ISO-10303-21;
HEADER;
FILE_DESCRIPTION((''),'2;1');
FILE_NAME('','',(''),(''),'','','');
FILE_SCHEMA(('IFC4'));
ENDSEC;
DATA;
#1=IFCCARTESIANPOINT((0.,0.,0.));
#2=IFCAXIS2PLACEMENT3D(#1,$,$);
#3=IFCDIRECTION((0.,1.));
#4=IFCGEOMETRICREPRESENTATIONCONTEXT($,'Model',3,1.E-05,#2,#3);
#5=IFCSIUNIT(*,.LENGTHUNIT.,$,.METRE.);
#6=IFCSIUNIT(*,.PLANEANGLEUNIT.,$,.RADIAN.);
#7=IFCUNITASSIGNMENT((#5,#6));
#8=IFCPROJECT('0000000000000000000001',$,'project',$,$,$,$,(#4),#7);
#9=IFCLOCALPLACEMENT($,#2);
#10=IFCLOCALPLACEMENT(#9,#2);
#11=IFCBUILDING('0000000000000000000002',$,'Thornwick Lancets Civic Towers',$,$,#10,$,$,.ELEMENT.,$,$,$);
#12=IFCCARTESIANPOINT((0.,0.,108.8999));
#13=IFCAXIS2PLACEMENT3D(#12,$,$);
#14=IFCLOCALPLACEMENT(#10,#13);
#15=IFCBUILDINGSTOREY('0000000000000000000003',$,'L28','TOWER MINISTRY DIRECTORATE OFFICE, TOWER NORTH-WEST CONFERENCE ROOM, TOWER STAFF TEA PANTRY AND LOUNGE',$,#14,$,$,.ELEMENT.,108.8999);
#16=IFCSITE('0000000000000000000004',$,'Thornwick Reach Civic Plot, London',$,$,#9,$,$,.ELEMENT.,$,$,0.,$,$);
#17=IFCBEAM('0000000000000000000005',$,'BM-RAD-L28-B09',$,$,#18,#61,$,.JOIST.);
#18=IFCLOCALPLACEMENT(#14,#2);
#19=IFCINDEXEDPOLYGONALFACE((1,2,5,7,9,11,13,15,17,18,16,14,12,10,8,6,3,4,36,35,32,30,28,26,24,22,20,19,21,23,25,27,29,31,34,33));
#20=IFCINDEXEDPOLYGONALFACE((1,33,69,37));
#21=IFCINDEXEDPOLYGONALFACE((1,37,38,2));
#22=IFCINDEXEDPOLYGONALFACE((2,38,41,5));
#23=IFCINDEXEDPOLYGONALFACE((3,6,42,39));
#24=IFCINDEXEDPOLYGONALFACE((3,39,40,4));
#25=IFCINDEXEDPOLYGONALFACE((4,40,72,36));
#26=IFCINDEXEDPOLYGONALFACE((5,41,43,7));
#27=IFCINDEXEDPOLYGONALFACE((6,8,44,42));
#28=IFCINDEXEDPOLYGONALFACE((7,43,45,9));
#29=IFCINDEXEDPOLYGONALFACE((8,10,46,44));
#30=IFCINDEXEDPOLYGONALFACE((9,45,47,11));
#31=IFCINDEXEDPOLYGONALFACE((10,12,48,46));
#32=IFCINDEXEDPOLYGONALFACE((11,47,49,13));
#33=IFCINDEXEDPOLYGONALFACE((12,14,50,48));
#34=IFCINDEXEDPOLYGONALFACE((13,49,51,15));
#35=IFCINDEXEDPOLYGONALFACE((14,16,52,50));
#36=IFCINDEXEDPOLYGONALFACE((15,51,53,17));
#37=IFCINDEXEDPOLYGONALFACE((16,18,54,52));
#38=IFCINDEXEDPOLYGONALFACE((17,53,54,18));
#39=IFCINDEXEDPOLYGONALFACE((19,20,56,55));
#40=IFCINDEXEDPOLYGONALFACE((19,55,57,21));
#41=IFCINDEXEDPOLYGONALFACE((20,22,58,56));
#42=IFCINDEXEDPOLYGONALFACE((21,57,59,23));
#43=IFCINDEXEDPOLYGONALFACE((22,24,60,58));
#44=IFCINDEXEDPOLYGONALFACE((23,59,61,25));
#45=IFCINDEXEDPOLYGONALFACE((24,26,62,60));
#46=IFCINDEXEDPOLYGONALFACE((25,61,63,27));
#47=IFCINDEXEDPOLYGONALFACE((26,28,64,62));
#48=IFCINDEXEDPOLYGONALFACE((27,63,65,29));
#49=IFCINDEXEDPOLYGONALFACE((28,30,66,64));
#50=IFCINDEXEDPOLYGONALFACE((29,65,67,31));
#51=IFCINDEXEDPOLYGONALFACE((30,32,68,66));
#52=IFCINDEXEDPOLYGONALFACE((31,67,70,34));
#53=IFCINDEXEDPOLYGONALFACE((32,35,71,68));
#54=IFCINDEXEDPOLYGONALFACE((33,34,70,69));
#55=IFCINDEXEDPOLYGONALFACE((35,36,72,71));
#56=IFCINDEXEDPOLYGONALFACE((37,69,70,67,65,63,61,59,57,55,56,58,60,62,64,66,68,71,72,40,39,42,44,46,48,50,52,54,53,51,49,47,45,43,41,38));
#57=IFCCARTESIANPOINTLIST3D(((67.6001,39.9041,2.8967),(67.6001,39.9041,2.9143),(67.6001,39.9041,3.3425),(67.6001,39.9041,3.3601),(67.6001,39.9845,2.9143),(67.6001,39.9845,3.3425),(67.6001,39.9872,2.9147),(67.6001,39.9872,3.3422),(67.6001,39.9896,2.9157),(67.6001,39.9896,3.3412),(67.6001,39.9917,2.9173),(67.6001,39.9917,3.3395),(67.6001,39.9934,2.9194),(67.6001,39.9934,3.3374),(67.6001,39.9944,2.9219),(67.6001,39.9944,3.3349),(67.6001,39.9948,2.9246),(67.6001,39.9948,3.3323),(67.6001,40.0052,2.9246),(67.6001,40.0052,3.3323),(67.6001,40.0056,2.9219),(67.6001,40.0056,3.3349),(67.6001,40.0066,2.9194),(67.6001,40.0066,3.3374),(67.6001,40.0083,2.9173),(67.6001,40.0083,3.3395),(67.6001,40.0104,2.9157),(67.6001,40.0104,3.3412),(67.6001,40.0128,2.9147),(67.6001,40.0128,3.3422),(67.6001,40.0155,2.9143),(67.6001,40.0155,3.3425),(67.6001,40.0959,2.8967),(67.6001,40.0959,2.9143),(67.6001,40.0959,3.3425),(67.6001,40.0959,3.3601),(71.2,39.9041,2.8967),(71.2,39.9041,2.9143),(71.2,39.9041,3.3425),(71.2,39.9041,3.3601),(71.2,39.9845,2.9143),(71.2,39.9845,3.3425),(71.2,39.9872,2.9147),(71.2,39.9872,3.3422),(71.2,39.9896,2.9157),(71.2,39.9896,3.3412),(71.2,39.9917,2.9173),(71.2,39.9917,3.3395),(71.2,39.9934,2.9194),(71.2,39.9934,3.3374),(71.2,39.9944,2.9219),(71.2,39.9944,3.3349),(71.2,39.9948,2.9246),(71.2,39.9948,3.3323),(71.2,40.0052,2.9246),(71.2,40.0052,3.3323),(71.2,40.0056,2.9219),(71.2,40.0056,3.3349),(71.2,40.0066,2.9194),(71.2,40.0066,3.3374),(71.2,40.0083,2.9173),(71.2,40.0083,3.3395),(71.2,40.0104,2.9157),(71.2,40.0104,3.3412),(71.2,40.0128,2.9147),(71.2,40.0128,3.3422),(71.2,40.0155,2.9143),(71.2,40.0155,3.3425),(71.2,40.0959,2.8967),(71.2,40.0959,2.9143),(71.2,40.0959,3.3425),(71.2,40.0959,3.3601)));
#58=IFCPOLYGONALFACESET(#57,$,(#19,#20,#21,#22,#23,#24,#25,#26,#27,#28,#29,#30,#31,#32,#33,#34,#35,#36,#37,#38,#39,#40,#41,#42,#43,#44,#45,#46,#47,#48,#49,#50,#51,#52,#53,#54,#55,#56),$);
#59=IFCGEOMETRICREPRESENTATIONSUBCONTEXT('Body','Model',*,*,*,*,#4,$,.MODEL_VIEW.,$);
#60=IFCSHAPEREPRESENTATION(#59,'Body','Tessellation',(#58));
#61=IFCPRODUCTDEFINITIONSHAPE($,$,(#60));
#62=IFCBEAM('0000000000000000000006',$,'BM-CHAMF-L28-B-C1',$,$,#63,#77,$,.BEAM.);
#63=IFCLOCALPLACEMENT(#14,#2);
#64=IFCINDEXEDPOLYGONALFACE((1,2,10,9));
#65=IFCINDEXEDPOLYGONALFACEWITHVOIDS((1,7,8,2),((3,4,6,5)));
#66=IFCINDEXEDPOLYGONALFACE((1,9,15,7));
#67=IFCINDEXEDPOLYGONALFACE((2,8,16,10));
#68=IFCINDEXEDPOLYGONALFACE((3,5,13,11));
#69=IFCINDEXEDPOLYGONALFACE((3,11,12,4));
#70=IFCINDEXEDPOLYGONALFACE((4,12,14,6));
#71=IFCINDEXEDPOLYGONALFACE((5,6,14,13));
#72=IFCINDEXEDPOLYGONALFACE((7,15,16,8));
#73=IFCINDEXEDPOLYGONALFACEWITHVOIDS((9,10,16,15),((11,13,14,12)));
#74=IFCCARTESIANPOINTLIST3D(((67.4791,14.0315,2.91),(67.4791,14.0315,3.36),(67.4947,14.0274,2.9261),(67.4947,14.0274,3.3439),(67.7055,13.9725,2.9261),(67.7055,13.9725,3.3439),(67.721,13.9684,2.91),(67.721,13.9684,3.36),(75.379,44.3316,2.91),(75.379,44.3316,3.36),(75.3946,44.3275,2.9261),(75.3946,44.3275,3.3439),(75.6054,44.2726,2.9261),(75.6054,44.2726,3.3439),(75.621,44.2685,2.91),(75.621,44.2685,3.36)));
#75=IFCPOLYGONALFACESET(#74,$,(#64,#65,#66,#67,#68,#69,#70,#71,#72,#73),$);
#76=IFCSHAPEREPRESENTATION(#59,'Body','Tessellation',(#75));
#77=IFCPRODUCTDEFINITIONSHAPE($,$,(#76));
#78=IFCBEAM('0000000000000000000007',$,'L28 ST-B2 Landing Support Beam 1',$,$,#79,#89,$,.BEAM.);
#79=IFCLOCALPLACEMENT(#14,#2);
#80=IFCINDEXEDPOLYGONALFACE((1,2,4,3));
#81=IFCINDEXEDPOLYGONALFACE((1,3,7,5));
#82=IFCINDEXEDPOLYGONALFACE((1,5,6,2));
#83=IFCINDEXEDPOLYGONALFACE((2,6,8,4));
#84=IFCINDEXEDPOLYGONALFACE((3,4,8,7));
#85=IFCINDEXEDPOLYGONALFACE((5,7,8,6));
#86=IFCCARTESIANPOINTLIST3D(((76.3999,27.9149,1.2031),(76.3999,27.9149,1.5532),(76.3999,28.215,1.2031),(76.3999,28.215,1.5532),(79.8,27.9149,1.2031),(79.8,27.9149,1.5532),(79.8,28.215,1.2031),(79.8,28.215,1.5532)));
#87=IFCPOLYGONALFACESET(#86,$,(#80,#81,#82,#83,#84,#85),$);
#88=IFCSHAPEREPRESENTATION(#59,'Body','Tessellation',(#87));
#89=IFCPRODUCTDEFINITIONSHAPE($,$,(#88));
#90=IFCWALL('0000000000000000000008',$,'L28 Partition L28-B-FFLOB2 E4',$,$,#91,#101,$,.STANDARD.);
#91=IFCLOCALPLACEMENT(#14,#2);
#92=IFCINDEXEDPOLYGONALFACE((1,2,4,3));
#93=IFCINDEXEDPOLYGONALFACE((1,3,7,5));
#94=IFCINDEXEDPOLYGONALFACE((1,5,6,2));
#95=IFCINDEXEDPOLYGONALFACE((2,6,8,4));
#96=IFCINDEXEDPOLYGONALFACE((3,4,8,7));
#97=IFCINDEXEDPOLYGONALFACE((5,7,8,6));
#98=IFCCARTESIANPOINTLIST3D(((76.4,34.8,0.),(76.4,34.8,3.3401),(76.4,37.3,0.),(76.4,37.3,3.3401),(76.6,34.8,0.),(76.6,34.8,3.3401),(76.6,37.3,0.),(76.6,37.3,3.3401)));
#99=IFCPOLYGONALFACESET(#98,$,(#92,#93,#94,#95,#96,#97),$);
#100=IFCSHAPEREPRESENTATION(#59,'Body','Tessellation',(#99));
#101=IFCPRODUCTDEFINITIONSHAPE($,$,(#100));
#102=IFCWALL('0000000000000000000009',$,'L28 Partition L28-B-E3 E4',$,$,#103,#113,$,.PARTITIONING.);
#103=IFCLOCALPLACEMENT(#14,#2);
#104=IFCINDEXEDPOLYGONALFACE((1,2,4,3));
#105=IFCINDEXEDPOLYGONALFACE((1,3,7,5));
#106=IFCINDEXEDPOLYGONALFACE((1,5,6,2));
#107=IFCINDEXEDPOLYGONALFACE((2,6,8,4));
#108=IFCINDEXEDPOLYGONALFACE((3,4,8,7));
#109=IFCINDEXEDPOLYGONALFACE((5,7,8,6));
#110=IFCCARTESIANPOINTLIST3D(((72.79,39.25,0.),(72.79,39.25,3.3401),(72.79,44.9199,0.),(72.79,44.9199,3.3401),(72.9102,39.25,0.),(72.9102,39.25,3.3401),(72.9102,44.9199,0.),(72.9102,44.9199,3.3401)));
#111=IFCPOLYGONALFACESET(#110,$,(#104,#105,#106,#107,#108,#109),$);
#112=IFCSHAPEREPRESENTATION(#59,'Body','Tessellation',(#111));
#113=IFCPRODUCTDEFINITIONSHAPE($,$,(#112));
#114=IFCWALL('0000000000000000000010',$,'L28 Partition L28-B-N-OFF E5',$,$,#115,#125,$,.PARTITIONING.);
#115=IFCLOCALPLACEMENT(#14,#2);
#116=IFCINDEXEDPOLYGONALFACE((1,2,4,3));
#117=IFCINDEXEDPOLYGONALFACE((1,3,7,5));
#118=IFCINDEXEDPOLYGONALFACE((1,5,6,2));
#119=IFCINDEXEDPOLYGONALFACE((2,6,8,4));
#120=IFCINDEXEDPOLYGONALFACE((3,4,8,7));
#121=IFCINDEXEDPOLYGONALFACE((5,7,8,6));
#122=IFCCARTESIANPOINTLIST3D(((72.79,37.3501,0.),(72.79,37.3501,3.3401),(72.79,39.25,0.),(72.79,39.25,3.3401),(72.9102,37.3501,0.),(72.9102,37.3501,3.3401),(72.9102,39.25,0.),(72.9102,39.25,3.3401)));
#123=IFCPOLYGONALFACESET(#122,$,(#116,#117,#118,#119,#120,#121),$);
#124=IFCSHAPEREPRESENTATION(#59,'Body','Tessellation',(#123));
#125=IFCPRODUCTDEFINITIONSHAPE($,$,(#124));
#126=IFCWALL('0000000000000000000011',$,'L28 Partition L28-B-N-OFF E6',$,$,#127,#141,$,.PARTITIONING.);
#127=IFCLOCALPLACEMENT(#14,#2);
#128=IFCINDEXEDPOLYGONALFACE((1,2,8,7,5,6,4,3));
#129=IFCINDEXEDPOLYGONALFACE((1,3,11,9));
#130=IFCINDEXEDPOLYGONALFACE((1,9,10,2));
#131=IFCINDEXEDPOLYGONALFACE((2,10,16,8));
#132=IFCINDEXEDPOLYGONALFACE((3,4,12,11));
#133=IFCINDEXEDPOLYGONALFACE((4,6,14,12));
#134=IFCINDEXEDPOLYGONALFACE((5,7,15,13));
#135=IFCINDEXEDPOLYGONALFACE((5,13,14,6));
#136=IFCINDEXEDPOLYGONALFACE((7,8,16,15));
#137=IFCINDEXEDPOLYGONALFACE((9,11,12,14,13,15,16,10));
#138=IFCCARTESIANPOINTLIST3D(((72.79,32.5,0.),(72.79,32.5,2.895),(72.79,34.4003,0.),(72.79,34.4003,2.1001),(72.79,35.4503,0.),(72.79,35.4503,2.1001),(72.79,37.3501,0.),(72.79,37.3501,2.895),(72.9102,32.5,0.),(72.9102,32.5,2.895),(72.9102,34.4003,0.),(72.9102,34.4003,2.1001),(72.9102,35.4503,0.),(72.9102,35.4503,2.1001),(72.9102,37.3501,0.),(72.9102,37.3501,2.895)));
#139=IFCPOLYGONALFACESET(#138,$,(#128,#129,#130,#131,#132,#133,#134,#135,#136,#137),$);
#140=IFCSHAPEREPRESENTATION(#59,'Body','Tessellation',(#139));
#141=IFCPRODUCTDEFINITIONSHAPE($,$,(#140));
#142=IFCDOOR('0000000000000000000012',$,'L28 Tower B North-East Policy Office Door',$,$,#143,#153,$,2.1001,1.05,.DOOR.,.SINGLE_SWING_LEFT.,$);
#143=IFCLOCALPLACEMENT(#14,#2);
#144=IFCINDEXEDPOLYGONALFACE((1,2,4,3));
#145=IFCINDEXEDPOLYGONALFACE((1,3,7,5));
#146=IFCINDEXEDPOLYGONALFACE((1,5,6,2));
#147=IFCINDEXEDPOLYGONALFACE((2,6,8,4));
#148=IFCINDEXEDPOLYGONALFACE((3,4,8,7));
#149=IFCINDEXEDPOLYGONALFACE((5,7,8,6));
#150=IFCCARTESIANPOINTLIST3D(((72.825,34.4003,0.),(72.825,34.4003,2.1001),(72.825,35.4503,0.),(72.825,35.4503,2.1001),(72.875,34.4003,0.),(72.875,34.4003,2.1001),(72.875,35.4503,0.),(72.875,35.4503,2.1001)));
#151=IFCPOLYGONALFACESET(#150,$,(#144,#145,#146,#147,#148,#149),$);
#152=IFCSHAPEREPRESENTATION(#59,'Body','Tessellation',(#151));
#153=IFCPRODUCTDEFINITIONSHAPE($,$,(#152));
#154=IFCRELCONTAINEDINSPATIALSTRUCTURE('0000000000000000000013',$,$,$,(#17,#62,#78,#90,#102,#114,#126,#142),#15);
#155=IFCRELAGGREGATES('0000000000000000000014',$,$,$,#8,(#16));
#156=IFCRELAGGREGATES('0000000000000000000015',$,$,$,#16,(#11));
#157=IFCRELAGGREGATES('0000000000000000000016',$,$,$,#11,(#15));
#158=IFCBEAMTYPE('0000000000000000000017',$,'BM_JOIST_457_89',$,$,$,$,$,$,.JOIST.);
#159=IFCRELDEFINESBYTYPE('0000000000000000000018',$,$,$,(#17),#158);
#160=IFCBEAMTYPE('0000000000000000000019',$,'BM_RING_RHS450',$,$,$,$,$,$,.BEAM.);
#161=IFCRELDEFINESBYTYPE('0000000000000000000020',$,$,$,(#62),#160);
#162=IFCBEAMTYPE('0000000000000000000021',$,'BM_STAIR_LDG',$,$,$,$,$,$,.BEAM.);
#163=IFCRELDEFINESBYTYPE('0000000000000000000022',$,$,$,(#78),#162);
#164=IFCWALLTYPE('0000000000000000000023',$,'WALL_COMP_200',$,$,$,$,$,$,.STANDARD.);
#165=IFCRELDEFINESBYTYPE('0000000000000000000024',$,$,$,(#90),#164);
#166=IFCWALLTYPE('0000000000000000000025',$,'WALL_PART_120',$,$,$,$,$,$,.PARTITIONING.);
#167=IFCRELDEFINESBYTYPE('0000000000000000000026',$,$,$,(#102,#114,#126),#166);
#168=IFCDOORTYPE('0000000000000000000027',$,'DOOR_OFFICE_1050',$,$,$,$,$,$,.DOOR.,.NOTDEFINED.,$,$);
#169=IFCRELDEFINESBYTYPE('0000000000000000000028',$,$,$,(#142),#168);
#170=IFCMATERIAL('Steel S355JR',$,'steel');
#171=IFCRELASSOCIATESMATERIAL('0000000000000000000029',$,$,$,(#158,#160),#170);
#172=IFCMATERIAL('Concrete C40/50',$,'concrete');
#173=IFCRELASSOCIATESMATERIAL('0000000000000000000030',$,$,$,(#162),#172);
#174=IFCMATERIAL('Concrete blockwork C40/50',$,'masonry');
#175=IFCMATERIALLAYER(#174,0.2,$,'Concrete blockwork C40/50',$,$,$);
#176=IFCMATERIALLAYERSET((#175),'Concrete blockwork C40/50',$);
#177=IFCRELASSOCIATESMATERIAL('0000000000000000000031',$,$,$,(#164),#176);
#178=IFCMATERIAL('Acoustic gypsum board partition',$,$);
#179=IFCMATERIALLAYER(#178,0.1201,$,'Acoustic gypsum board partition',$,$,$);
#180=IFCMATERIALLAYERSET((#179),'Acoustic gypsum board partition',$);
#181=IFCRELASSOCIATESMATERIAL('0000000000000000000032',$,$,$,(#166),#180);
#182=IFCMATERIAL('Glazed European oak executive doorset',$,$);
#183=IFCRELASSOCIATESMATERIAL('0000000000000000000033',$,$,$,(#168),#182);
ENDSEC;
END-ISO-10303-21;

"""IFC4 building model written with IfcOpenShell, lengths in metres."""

from ifc_helpers import new_model, si_unit, direction, frame, frame_2d, origin, origin_2d, place, context, subcontext, project, spatial, rectangle, hollow_rectangle, i_section, extrude, material, layer, layer_set, material_profile, profile_set, type_object, element, fill, save


model = new_model("IFC4")

# Units and contexts
model_context = context("Model", 3, precision=1e-05, world=origin(), true_north=direction((0.0, 1.0)))
body_context = subcontext(model_context, "Body", "Model", "MODEL_VIEW")
ifc_project = project(units=[si_unit("LENGTHUNIT", "METRE"), si_unit("PLANEANGLEUNIT", "RADIAN")], contexts=[model_context])

# Site, building, storey
site_placement = place(None, origin())
site = spatial("IfcSite", under=ifc_project, at=site_placement, Name="Thornwick Reach Civic Plot, London", CompositionType="ELEMENT", RefElevation=0.0)
building_placement = place(site_placement, origin())
building = spatial("IfcBuilding", under=site, at=building_placement, Name="Thornwick Lancets Civic Towers", CompositionType="ELEMENT")
storey_placement = place(building_placement, frame((0.0, 0.0, 108.8999)))
storey = spatial("IfcBuildingStorey", under=building, at=storey_placement, Name="L28", Description="TOWER MINISTRY DIRECTORATE OFFICE, TOWER NORTH-WEST CONFERENCE ROOM, TOWER STAFF TEA PANTRY AND LOUNGE", CompositionType="ELEMENT", Elevation=108.8999)

# Beams
ifc_material_1 = material(Name="Steel S355JR", Category="steel")
ifc_material_profile_1 = material_profile(ifc_material_1, i_section(OverallWidth=0.1919, OverallDepth=0.4634, WebThickness=0.0105, FlangeThickness=0.0176, FilletRadius=0.0103, at=origin_2d()), Name="UKB 457x191x89")
ifc_profile_set_1 = profile_set([ifc_material_profile_1], Name="Steel S355JR")
beam_type_1 = type_object("IfcBeamType", Name="BM_JOIST_457_89", PredefinedType="JOIST", material=ifc_profile_set_1)
for number, where, z_axis, x_axis, name in (
    (1, (71.2, 40.0, 3.1284), (-1.0, 0.0, 0.0), (0.0, -1.0, 0.0), "BM-RAD-L28-B09"),
):
    element("IfcBeam", number, at=place(storey_placement, frame(where, z_axis=z_axis, x_axis=x_axis)), inside=storey, type_object=beam_type_1, Name=name, PredefinedType="JOIST", context=body_context, shape_type="SweptSolid", body=[
        extrude(i_section(OverallWidth=0.1919, OverallDepth=0.4634, WebThickness=0.0105, FlangeThickness=0.0176, FilletRadius=0.0103, at=origin_2d()), origin(), (0.0, 0.0, 1.0), 3.5999),
    ])
ifc_material_profile_2 = material_profile(ifc_material_1, hollow_rectangle(XDim=0.25, YDim=0.45, WallThickness=0.0161, at=origin_2d()), Name="RHS 450x250x16")
ifc_profile_set_2 = profile_set([ifc_material_profile_2], Name="Steel S355JR")
beam_type_2 = type_object("IfcBeamType", Name="BM_RING_RHS450", PredefinedType="BEAM", material=ifc_profile_set_2)
beam_1_placement = place(storey_placement, frame((75.5, 44.3, 3.135), z_axis=(-0.252289, -0.967652, 0.0), x_axis=(0.967652, -0.252289, 0.0)))
element("IfcBeam", 2, at=beam_1_placement, inside=storey, type_object=beam_type_2, Name="BM-CHAMF-L28-B-C1", PredefinedType="BEAM", context=body_context, shape_type="SweptSolid", body=[
    extrude(hollow_rectangle(XDim=0.25, YDim=0.45, WallThickness=0.0161, at=origin_2d()), origin(), (0.0, 0.0, 1.0), 31.313),
])
ifc_material_2 = material(Name="Concrete C40/50", Category="concrete")
ifc_material_profile_3 = material_profile(ifc_material_2, rectangle(XDim=0.3, YDim=0.3501, at=origin_2d()), Name="RC 300x350")
ifc_profile_set_3 = profile_set([ifc_material_profile_3], Name="Concrete C40/50")
beam_type_3 = type_object("IfcBeamType", Name="BM_STAIR_LDG", PredefinedType="BEAM", material=ifc_profile_set_3)
beam_2_placement = place(storey_placement, frame((76.3999, 28.0649, 1.3782), z_axis=(1.0, 0.0, 0.0), x_axis=(0.0, 1.0, 0.0)))
element("IfcBeam", 3, at=beam_2_placement, inside=storey, type_object=beam_type_3, Name="L28 ST-B2 Landing Support Beam 1", PredefinedType="BEAM", context=body_context, shape_type="SweptSolid", body=[
    extrude(rectangle(XDim=0.3, YDim=0.3501, at=origin_2d()), origin(), (0.0, 0.0, 1.0), 3.4001),
])

# Walls
ifc_material_3 = material(Name="Concrete blockwork C40/50", Category="masonry")
ifc_layer_1 = layer(ifc_material_3, 0.2, Name="Concrete blockwork C40/50")
ifc_layer_set_1 = layer_set([ifc_layer_1], Name="Concrete blockwork C40/50")
wall_type_1 = type_object("IfcWallType", Name="WALL_COMP_200", PredefinedType="STANDARD", material=ifc_layer_set_1)
wall_1_placement = place(storey_placement, frame((76.5, 37.3, 0.0), z_axis=(0.0, 0.0, 1.0), x_axis=(0.0, -1.0, 0.0)))
element("IfcWall", 4, at=wall_1_placement, inside=storey, type_object=wall_type_1, Name="L28 Partition L28-B-FFLOB2 E4", PredefinedType="STANDARD", context=body_context, shape_type="SweptSolid", body=[
    extrude(rectangle(XDim=2.5, YDim=0.2, at=frame_2d((1.25, 0.0))), origin(), (0.0, 0.0, 1.0), 3.3401),
])
ifc_material_4 = material(Name="Acoustic gypsum board partition")
ifc_layer_2 = layer(ifc_material_4, 0.1201, Name="Acoustic gypsum board partition")
ifc_layer_set_2 = layer_set([ifc_layer_2], Name="Acoustic gypsum board partition")
wall_type_2 = type_object("IfcWallType", Name="WALL_PART_120", PredefinedType="PARTITIONING", material=ifc_layer_set_2)
wall_2_placement = place(storey_placement, frame((72.8501, 39.25, 0.0), z_axis=(0.0, 0.0, 1.0), x_axis=(0.0, 1.0, 0.0)))
element("IfcWall", 5, at=wall_2_placement, inside=storey, type_object=wall_type_2, Name="L28 Partition L28-B-E3 E4", PredefinedType="PARTITIONING", context=body_context, shape_type="SweptSolid", body=[
    extrude(rectangle(XDim=5.6699, YDim=0.1201, at=frame_2d((2.835, 0.0))), origin(), (0.0, 0.0, 1.0), 3.3401),
])
wall_3_placement = place(storey_placement, frame((72.8501, 39.25, 0.0), z_axis=(0.0, 0.0, 1.0), x_axis=(0.0, -1.0, 0.0)))
element("IfcWall", 6, at=wall_3_placement, inside=storey, type_object=wall_type_2, Name="L28 Partition L28-B-N-OFF E5", PredefinedType="PARTITIONING", context=body_context, shape_type="SweptSolid", body=[
    extrude(rectangle(XDim=1.8999, YDim=0.1201, at=frame_2d((0.95, 0.0))), origin(), (0.0, 0.0, 1.0), 3.3401),
])

# Wall, opening, door
wall_4_placement = place(storey_placement, frame((72.8501, 37.3501, 0.0), z_axis=(0.0, 0.0, 1.0), x_axis=(0.0, -1.0, 0.0)))
wall_4 = element("IfcWall", 7, at=wall_4_placement, inside=storey, type_object=wall_type_2, Name="L28 Partition L28-B-N-OFF E6", PredefinedType="PARTITIONING", context=body_context, shape_type="SweptSolid", body=[
    extrude(rectangle(XDim=4.8501, YDim=0.1201, at=frame_2d((2.425, 0.0))), origin(), (0.0, 0.0, 1.0), 2.895),
])
opening_1_placement = place(wall_4_placement, frame((1.8999, 0.0, 0.0)))
opening_1 = element("IfcOpeningElement", 8, at=opening_1_placement, cuts=wall_4, PredefinedType="OPENING", context=body_context, shape_type="SweptSolid", body=[
    extrude(rectangle(XDim=1.05, YDim=2.1001, at=frame_2d((0.5249, 1.05))), frame((0.0, 0.0701, 0.0), z_axis=(0.0, -1.0, 0.0), x_axis=(1.0, 0.0, 0.0)), (0.0, 0.0, 1.0), 0.1401),
])
ifc_material_5 = material(Name="Glazed European oak executive doorset")
door_type_1 = type_object("IfcDoorType", Name="DOOR_OFFICE_1050", OperationType="NOTDEFINED", PredefinedType="DOOR", material=ifc_material_5)
door_1_placement = place(opening_1_placement, origin())
door_1 = element("IfcDoor", 9, at=door_1_placement, inside=storey, type_object=door_type_1, Name="L28 Tower B North-East Policy Office Door", OperationType="SINGLE_SWING_LEFT", OverallHeight=2.1001, OverallWidth=1.05, PredefinedType="DOOR", context=body_context, shape_type="SweptSolid", body=[
    extrude(rectangle(XDim=1.05, YDim=2.1001, at=frame_2d((0.5249, 1.05))), frame((0.0, 0.0249, 0.0), z_axis=(0.0, -1.0, 0.0), x_axis=(1.0, 0.0, 0.0)), (0.0, 0.0, 1.0), 0.05),
])
fill(opening_1, door_1)

save(model, "model.ifc")
